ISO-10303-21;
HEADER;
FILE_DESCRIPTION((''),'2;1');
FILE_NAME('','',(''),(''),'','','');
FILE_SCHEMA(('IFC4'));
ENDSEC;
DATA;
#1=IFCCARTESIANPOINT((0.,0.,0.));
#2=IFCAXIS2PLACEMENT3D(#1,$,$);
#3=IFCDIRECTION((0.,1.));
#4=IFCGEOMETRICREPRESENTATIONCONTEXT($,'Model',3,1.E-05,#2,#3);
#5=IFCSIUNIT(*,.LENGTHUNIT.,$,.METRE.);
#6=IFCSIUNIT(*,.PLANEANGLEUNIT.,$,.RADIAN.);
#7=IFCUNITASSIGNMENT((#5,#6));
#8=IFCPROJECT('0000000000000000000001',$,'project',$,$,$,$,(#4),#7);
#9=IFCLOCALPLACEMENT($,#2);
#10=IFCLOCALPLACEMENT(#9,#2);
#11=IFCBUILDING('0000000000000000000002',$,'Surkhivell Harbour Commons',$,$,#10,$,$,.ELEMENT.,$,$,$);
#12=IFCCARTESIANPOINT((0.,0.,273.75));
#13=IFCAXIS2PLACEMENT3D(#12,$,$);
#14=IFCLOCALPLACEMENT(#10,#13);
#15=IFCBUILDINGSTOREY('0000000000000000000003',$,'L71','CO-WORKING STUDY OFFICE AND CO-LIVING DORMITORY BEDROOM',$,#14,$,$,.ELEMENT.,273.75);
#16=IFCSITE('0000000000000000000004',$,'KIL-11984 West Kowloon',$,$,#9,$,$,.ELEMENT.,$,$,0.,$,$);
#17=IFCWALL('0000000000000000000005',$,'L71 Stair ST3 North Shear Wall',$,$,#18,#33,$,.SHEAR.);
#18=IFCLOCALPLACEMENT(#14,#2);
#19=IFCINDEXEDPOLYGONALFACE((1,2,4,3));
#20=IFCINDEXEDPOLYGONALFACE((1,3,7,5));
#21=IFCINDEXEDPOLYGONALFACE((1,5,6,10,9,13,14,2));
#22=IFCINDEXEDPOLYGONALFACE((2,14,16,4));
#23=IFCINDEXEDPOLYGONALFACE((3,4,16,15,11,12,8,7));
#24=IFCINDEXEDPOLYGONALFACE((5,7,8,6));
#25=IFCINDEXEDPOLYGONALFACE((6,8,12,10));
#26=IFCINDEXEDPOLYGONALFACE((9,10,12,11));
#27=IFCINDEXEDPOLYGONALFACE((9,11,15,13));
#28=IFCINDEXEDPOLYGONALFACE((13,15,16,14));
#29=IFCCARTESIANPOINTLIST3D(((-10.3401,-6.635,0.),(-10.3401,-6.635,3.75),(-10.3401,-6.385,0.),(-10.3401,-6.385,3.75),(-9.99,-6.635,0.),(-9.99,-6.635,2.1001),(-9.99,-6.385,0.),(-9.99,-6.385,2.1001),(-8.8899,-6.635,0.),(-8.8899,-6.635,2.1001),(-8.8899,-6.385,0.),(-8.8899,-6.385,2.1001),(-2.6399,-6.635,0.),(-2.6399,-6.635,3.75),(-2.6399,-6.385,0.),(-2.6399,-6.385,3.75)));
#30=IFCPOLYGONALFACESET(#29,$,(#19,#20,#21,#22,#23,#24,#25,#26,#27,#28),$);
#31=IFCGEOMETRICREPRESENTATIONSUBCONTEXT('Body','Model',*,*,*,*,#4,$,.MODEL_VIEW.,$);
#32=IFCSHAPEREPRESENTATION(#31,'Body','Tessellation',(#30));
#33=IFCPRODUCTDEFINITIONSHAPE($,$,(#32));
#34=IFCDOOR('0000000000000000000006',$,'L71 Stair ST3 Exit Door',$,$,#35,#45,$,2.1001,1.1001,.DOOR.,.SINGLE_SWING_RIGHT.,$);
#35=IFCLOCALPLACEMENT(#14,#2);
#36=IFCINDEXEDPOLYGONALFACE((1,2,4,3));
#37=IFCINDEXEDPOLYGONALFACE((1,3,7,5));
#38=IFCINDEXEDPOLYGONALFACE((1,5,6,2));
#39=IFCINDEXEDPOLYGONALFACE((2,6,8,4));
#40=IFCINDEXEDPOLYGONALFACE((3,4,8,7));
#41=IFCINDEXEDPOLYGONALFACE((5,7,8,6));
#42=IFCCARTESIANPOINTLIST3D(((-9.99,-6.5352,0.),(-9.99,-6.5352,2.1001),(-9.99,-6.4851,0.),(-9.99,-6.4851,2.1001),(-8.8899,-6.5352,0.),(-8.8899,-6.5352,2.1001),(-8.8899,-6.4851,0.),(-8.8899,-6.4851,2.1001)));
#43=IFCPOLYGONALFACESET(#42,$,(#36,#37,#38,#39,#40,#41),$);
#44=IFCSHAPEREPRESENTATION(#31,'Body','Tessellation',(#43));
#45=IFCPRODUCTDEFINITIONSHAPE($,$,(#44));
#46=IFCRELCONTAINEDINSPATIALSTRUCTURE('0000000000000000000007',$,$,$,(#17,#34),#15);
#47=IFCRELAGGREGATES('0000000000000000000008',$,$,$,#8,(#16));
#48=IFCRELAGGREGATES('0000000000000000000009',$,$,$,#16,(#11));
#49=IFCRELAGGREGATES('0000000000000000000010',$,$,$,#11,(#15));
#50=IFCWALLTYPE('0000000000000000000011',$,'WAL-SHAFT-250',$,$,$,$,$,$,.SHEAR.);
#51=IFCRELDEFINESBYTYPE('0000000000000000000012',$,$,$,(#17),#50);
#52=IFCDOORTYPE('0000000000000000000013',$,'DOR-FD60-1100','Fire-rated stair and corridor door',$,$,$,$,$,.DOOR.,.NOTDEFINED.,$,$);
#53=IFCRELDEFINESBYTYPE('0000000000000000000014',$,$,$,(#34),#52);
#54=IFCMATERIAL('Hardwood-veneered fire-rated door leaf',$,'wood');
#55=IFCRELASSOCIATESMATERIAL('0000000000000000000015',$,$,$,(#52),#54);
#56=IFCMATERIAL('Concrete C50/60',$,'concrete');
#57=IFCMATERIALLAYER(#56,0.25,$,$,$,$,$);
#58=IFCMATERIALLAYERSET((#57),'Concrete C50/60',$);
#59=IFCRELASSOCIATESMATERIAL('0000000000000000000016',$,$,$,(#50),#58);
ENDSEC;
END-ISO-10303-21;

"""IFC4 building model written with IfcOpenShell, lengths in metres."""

from ifc_helpers import new_model, si_unit, direction, frame, frame_2d, origin, place, context, subcontext, project, spatial, rectangle, extrude, material, layer, layer_set, type_object, element, fill, save


model = new_model("IFC4")

# Units and contexts
model_context = context("Model", 3, precision=1e-05, world=origin(), true_north=direction((0.0, 1.0)))
body_context = subcontext(model_context, "Body", "Model", "MODEL_VIEW")
ifc_project = project(units=[si_unit("LENGTHUNIT", "METRE"), si_unit("PLANEANGLEUNIT", "RADIAN")], contexts=[model_context])

# Site, building, storey
site_placement = place(None, origin())
site = spatial("IfcSite", under=ifc_project, at=site_placement, Name="KIL-11984 West Kowloon", CompositionType="ELEMENT", RefElevation=0.0)
building_placement = place(site_placement, origin())
building = spatial("IfcBuilding", under=site, at=building_placement, Name="Surkhivell Harbour Commons", CompositionType="ELEMENT")
storey_placement = place(building_placement, frame((0.0, 0.0, 273.75)))
storey = spatial("IfcBuildingStorey", under=building, at=storey_placement, Name="L71", Description="CO-WORKING STUDY OFFICE AND CO-LIVING DORMITORY BEDROOM", CompositionType="ELEMENT", Elevation=273.75)

# Shared definitions
ifc_material_1 = material(Name="Concrete C50/60", Category="concrete")
ifc_material_2 = material(Name="Hardwood-veneered fire-rated door leaf", Category="wood")
door_type_1 = type_object("IfcDoorType", Name="DOR-FD60-1100", Description="Fire-rated stair and corridor door", OperationType="NOTDEFINED", PredefinedType="DOOR", material=ifc_material_2)

# Shared definitions
ifc_layer_1 = layer(ifc_material_1, 0.25)
ifc_layer_set_1 = layer_set([ifc_layer_1], Name="Concrete C50/60")
wall_type_1 = type_object("IfcWallType", Name="WAL-SHAFT-250", PredefinedType="SHEAR", material=ifc_layer_set_1)

# Wall, opening, door
wall_1_placement = place(storey_placement, frame((-10.3401, -6.51, 0.0), z_axis=(0.0, 0.0, 1.0), x_axis=(1.0, 0.0, 0.0)))
wall_1 = element("IfcWall", 1, at=wall_1_placement, inside=storey, type_object=wall_type_1, Name="L71 Stair ST3 North Shear Wall", PredefinedType="SHEAR", context=body_context, shape_type="SweptSolid", body=[
    extrude(rectangle(XDim=7.7002, YDim=0.25, at=frame_2d((3.8501, 0.0))), origin(), (0.0, 0.0, 1.0), 3.75),
])
opening_1_placement = place(wall_1_placement, frame((0.3501, 0.0, 0.0)))
opening_1 = element("IfcOpeningElement", 2, at=opening_1_placement, cuts=wall_1, PredefinedType="OPENING", context=body_context, shape_type="SweptSolid", body=[
    extrude(rectangle(XDim=1.1001, YDim=2.1001, at=frame_2d((0.55, 1.05))), frame((0.0, 0.135, 0.0), z_axis=(0.0, -1.0, 0.0), x_axis=(1.0, 0.0, 0.0)), (0.0, 0.0, 1.0), 0.27),
])
door_1_placement = place(opening_1_placement, origin())
door_1 = element("IfcDoor", 3, at=door_1_placement, inside=storey, type_object=door_type_1, Name="L71 Stair ST3 Exit Door", OperationType="SINGLE_SWING_RIGHT", OverallHeight=2.1001, OverallWidth=1.1001, PredefinedType="DOOR", context=body_context, shape_type="SweptSolid", body=[
    extrude(rectangle(XDim=1.1001, YDim=2.1001, at=frame_2d((0.55, 1.05))), frame((0.0, 0.0249, 0.0), z_axis=(0.0, -1.0, 0.0), x_axis=(1.0, 0.0, 0.0)), (0.0, 0.0, 1.0), 0.05),
])
fill(opening_1, door_1)

save(model, "model.ifc")
